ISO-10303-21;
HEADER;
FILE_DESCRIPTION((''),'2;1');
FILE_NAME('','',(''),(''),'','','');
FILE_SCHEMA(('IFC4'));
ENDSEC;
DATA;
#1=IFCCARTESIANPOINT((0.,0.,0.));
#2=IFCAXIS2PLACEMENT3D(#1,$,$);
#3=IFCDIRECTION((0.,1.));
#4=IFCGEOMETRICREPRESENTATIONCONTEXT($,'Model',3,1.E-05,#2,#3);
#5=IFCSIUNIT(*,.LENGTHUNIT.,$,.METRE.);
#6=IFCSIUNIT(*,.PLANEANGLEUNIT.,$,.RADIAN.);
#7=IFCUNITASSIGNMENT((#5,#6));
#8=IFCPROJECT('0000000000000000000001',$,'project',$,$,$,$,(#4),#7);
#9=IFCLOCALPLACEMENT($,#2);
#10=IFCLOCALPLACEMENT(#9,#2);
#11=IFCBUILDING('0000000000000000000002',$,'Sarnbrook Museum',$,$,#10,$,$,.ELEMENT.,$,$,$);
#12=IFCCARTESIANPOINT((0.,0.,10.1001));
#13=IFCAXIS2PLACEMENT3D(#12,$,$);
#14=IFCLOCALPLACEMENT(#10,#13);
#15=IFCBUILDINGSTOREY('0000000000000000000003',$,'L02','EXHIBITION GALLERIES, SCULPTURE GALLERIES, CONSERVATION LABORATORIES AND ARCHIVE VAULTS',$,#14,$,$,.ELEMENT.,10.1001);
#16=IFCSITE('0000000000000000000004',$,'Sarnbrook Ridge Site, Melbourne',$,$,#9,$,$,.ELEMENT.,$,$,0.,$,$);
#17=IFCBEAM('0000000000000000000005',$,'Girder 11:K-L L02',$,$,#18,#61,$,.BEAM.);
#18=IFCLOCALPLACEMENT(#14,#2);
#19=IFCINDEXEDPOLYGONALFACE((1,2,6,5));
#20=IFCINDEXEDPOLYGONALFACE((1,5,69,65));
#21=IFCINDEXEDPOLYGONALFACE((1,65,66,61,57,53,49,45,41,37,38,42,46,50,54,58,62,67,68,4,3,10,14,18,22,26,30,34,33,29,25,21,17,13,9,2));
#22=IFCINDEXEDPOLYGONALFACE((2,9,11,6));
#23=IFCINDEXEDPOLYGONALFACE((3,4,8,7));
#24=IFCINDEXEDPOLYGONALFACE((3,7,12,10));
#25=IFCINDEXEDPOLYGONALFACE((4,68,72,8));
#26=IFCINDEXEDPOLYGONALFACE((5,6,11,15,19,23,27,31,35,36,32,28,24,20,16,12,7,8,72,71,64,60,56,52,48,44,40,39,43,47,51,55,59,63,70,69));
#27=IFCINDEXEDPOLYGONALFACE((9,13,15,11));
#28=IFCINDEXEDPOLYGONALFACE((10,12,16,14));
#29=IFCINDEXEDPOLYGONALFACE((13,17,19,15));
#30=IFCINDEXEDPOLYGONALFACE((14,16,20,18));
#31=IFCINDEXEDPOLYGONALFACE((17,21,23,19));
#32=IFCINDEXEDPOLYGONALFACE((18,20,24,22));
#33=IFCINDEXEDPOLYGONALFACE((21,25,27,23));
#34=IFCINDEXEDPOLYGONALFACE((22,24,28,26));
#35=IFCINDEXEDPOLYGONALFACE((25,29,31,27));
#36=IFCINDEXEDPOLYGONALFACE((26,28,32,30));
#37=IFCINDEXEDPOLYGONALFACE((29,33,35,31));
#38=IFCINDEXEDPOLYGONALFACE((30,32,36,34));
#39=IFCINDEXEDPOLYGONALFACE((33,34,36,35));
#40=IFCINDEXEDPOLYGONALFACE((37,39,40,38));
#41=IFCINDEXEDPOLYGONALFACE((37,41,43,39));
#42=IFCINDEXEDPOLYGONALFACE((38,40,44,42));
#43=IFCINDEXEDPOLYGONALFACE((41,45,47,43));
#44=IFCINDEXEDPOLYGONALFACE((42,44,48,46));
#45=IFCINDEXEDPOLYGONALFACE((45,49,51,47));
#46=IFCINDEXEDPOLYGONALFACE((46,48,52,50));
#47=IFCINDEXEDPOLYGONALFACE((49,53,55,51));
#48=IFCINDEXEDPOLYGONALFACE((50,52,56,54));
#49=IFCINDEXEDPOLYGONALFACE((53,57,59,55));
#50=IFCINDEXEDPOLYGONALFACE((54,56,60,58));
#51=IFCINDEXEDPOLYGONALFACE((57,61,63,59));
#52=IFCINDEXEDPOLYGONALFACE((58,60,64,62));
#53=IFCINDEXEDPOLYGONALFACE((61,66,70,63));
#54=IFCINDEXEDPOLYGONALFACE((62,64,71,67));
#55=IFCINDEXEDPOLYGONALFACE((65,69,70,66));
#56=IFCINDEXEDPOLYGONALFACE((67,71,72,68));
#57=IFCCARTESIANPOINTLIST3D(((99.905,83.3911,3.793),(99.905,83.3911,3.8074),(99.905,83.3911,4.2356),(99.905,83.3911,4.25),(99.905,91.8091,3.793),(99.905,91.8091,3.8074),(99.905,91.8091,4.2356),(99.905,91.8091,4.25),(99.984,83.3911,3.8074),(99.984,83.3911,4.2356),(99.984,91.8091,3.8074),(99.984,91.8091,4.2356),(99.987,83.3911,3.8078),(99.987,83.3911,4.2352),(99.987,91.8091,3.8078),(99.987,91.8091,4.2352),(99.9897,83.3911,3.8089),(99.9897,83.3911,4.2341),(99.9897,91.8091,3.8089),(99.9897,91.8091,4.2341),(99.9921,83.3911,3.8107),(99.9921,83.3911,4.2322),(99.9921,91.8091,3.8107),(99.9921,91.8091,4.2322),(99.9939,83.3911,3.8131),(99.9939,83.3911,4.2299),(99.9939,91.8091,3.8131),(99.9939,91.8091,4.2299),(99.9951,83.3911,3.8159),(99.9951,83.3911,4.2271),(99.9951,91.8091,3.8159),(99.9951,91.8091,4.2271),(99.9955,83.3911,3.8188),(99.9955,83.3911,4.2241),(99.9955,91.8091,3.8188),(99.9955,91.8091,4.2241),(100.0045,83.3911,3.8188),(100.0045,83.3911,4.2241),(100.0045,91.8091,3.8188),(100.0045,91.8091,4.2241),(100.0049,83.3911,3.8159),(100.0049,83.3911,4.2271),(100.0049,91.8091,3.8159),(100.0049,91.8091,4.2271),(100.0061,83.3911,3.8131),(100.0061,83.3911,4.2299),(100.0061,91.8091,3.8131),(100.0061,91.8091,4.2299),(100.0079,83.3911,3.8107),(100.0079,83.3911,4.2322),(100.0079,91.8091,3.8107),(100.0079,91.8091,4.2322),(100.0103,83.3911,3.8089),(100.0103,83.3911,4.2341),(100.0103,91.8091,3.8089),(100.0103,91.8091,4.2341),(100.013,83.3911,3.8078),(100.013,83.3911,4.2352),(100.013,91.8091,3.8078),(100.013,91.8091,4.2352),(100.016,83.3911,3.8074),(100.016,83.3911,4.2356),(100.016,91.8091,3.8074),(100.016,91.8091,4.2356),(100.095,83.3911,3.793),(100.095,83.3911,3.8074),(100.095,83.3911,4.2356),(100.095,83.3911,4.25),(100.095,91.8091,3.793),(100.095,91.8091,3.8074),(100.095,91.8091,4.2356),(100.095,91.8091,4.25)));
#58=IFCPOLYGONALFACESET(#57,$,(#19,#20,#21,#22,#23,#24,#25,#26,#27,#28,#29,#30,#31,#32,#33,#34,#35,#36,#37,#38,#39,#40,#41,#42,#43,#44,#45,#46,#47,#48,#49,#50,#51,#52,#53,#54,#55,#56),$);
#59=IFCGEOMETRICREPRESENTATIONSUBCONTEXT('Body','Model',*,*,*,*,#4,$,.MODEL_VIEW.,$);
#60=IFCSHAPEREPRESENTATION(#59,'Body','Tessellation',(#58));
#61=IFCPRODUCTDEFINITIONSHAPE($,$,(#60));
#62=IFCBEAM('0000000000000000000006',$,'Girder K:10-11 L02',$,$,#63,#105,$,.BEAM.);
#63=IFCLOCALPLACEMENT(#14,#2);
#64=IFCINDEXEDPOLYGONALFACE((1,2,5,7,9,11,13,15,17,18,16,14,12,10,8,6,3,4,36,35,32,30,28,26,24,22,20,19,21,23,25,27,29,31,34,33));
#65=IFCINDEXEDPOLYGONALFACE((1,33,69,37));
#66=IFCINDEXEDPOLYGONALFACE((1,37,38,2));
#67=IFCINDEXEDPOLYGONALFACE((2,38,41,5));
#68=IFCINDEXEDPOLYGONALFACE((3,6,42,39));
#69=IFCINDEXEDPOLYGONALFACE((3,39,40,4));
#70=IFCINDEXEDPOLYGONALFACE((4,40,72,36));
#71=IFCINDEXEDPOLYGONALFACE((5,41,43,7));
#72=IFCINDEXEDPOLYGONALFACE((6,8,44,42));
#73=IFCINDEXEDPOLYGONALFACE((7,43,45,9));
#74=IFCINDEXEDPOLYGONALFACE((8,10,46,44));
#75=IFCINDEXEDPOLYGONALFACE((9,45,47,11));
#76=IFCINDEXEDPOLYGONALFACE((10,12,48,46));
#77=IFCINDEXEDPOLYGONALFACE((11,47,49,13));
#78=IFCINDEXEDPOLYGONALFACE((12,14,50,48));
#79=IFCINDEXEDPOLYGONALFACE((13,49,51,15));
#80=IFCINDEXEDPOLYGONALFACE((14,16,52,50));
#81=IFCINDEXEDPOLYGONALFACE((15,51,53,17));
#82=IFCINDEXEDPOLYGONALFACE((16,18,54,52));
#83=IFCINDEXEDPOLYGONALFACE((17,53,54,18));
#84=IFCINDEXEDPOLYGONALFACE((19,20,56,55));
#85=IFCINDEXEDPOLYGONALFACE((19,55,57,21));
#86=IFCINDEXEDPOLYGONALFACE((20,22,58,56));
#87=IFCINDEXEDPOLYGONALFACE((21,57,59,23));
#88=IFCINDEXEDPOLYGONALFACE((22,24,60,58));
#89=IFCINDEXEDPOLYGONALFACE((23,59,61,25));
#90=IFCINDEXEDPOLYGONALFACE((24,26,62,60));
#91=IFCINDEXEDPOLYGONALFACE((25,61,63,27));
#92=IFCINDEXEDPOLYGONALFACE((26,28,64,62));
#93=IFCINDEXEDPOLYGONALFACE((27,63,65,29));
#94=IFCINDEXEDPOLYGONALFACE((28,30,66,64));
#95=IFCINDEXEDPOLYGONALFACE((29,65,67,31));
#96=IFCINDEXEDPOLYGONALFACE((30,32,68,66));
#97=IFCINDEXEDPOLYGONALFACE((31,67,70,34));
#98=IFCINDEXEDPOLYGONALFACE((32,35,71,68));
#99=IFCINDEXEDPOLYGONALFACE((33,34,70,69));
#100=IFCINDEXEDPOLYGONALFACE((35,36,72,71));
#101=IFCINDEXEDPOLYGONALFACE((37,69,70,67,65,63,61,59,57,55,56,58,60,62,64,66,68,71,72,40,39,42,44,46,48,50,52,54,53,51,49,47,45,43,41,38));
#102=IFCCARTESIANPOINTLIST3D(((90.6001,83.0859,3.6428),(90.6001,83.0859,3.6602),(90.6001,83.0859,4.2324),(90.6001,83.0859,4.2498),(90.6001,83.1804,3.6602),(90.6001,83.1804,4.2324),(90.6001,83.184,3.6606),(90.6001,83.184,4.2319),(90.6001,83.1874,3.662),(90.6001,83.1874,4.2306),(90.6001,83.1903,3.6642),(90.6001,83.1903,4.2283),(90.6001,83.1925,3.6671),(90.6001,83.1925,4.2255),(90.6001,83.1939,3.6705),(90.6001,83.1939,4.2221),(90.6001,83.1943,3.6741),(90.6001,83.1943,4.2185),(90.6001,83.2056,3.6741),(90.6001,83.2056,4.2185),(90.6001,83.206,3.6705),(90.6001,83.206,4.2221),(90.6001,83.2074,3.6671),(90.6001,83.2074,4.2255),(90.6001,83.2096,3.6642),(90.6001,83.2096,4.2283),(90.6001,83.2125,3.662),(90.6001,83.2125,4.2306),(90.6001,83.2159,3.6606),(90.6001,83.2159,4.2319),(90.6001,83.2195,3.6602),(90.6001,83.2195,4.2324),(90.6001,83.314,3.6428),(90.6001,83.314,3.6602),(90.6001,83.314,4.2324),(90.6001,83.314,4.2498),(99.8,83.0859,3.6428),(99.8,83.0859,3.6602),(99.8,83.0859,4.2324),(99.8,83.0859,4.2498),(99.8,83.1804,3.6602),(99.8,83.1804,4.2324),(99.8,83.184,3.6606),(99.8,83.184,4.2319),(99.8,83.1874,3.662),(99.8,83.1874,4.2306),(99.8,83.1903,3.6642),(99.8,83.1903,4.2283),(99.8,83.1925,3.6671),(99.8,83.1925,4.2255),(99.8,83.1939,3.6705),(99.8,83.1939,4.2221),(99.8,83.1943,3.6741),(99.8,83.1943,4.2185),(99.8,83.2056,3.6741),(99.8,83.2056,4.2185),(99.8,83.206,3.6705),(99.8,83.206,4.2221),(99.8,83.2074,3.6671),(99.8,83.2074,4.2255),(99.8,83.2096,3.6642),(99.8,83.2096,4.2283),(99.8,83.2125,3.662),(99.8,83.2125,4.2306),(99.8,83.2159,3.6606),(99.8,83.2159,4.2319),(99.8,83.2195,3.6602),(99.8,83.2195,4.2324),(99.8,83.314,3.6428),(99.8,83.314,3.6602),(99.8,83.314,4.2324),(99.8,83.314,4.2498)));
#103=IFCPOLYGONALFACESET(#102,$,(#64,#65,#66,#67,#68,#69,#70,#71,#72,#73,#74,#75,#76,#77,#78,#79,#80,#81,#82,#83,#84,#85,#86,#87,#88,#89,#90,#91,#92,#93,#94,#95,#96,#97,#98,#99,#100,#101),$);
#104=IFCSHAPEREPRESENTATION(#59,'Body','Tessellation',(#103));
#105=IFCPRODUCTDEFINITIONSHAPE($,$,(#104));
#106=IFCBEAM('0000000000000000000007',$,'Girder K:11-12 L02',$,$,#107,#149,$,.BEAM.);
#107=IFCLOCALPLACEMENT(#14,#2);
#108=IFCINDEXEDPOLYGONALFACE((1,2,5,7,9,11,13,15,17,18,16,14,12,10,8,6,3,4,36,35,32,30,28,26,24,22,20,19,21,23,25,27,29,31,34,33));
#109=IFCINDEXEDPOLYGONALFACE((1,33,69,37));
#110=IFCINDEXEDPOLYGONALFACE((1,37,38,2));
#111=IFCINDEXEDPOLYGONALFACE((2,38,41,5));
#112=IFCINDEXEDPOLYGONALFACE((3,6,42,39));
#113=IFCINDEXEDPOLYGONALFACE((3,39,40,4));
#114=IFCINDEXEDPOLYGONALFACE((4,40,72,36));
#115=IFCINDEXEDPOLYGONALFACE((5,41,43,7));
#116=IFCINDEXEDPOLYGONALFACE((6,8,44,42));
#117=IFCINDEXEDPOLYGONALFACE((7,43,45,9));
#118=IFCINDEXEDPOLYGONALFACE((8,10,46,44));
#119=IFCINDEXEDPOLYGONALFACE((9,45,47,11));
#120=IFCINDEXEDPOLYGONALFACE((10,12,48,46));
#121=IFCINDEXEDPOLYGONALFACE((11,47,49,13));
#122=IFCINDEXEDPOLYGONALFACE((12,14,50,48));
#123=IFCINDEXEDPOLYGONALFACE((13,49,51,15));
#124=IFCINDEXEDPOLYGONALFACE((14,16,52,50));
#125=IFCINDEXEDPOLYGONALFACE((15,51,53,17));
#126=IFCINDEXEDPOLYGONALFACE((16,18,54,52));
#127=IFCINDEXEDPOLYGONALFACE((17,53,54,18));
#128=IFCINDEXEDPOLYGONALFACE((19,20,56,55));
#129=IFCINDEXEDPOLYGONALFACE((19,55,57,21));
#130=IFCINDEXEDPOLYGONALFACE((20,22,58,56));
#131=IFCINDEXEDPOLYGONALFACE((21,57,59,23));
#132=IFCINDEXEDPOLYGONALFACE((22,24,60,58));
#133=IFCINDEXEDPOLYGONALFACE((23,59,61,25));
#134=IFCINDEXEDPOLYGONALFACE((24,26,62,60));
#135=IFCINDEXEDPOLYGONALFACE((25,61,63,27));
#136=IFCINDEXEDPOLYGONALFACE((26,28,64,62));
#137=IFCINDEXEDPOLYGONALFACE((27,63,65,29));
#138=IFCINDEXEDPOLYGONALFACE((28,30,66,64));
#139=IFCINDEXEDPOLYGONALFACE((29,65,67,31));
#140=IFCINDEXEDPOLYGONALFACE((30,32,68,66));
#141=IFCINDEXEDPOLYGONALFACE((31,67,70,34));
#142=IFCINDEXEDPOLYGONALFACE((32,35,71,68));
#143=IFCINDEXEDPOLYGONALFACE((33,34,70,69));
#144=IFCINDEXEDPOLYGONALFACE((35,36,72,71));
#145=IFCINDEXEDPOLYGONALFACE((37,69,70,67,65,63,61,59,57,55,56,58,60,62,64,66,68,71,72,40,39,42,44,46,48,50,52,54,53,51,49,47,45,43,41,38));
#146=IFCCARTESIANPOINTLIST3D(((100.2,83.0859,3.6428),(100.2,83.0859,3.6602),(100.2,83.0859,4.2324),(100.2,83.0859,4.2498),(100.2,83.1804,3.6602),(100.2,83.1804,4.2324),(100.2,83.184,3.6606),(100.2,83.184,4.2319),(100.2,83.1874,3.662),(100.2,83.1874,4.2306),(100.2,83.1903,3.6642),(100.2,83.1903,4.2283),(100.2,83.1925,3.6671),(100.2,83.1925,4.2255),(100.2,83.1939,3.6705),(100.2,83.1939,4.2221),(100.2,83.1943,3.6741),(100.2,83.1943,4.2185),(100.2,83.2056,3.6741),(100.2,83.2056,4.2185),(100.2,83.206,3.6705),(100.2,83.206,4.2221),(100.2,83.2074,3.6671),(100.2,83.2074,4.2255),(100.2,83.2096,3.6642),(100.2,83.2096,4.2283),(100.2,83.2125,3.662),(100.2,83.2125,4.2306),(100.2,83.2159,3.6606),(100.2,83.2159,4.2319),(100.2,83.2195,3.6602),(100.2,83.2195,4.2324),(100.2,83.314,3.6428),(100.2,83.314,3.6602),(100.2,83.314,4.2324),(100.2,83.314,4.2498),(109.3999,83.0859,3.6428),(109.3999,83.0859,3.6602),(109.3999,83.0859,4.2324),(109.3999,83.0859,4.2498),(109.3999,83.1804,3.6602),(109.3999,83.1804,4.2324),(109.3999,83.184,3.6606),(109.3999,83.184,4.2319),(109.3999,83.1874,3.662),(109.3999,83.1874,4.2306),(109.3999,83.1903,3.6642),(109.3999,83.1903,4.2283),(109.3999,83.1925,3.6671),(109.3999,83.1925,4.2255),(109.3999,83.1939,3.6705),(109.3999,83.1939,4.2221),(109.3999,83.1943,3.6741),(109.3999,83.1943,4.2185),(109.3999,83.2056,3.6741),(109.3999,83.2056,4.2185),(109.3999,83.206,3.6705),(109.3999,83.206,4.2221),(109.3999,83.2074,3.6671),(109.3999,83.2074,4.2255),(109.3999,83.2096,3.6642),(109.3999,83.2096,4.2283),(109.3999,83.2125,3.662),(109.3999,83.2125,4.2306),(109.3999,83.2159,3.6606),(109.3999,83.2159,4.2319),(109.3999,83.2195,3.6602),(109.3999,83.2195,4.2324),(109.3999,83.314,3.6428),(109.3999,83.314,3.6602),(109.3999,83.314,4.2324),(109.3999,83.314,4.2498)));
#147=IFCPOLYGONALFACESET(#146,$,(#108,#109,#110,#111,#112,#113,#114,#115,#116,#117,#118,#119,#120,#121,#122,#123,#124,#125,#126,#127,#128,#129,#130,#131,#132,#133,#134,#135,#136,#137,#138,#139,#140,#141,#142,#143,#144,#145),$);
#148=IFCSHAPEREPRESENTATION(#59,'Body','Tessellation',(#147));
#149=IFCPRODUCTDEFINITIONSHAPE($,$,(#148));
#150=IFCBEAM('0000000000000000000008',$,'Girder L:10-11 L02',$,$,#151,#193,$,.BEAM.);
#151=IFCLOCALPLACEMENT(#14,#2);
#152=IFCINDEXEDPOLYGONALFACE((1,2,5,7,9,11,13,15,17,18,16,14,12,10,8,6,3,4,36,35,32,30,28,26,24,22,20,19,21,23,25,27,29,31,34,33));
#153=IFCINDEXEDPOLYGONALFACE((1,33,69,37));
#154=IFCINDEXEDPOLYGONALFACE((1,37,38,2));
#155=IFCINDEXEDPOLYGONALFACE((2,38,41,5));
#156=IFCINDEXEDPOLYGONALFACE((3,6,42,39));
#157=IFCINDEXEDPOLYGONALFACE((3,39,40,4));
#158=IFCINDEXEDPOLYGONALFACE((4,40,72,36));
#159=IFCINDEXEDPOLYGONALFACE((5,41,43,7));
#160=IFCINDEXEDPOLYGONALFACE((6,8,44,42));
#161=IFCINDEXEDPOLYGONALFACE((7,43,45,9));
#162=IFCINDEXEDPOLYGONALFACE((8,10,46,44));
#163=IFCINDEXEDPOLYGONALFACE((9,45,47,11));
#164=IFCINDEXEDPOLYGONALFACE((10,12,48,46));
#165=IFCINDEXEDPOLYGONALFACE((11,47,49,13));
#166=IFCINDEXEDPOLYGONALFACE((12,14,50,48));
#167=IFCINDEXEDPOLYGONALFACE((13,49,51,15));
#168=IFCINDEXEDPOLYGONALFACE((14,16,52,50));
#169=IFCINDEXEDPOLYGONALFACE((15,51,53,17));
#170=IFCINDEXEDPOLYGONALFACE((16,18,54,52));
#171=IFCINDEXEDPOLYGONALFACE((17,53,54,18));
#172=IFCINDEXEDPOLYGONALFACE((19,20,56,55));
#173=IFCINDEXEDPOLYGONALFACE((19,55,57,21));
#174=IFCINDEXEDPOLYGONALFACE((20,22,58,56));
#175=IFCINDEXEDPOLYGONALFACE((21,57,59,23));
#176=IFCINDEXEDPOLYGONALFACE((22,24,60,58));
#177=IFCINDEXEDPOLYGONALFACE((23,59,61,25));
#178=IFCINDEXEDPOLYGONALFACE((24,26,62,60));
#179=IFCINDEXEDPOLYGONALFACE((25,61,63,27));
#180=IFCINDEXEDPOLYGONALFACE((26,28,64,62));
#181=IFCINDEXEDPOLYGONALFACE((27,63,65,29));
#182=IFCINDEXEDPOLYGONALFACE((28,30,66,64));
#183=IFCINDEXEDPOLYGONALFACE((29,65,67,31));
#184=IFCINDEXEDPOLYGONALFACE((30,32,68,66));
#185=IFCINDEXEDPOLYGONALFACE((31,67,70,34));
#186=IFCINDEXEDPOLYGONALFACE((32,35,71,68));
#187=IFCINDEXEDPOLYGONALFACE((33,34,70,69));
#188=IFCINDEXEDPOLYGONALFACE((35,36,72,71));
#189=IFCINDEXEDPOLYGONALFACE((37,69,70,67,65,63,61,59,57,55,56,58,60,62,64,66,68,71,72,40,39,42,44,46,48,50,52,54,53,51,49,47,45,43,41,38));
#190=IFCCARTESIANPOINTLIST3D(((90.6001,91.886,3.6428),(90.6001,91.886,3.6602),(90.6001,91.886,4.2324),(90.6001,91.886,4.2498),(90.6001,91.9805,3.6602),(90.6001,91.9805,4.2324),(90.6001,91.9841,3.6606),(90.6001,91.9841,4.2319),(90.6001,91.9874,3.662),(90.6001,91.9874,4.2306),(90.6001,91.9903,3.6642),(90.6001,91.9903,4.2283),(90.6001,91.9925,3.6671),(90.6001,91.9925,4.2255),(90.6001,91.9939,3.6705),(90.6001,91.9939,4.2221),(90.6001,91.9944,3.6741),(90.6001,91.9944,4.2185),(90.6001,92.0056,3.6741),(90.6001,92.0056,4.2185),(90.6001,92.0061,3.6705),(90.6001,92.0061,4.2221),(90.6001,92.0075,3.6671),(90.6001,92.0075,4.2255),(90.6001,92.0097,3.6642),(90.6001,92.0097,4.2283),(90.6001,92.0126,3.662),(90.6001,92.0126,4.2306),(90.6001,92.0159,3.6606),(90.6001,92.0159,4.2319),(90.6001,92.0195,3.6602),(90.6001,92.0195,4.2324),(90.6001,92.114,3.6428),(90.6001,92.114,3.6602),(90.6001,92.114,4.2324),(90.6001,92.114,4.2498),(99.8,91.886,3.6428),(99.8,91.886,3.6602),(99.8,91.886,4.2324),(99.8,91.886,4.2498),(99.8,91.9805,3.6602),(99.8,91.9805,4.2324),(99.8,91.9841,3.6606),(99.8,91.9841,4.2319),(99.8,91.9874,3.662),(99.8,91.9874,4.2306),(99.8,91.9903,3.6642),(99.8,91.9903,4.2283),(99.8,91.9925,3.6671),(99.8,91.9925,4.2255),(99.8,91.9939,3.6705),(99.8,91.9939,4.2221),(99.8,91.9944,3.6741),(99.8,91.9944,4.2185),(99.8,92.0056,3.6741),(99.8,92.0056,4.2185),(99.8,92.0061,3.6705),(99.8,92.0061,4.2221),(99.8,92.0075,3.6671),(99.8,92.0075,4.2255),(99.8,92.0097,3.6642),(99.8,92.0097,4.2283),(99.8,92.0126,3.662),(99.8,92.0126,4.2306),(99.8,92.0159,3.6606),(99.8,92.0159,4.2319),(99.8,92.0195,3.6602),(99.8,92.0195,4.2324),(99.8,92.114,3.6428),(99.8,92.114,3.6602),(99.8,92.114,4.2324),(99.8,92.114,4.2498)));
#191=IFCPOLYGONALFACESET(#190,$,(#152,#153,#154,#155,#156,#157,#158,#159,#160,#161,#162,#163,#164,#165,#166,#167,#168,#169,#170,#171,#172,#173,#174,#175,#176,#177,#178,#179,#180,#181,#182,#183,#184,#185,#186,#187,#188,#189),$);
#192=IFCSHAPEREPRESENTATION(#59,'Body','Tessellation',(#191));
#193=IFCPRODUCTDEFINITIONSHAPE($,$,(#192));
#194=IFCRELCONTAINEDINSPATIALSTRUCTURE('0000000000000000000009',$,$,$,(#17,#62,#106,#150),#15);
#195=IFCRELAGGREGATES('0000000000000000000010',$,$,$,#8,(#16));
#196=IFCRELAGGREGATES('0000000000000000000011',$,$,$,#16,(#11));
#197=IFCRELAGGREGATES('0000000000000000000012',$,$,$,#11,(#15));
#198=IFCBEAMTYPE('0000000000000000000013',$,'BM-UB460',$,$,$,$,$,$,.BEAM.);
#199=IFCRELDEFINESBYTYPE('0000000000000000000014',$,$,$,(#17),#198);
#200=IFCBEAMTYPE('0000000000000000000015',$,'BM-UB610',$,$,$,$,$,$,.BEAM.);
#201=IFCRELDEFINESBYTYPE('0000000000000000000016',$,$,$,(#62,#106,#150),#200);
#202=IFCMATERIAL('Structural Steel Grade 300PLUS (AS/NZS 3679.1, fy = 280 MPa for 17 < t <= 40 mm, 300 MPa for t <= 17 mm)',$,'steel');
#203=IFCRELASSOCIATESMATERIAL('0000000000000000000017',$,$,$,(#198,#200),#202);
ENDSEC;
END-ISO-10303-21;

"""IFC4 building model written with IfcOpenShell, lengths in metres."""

from ifc_helpers import new_model, si_unit, direction, frame, origin, origin_2d, place, context, subcontext, project, spatial, i_section, extrude, material, material_profile, profile_set, type_object, element, save


model = new_model("IFC4")

# Units and contexts
model_context = context("Model", 3, precision=1e-05, world=origin(), true_north=direction((0.0, 1.0)))
body_context = subcontext(model_context, "Body", "Model", "MODEL_VIEW")
ifc_project = project(units=[si_unit("LENGTHUNIT", "METRE"), si_unit("PLANEANGLEUNIT", "RADIAN")], contexts=[model_context])

# Site, building, storey
site_placement = place(None, origin())
site = spatial("IfcSite", under=ifc_project, at=site_placement, Name="Sarnbrook Ridge Site, Melbourne", CompositionType="ELEMENT", RefElevation=0.0)
building_placement = place(site_placement, origin())
building = spatial("IfcBuilding", under=site, at=building_placement, Name="Sarnbrook Museum", CompositionType="ELEMENT")
storey_placement = place(building_placement, frame((0.0, 0.0, 10.1001)))
storey = spatial("IfcBuildingStorey", under=building, at=storey_placement, Name="L02", Description="EXHIBITION GALLERIES, SCULPTURE GALLERIES, CONSERVATION LABORATORIES AND ARCHIVE VAULTS", CompositionType="ELEMENT", Elevation=10.1001)

# Beams
ifc_material_1 = material(Name="Structural Steel Grade 300PLUS (AS/NZS 3679.1, fy = 280 MPa for 17 < t <= 40 mm, 300 MPa for t <= 17 mm)", Category="steel")
ifc_material_profile_1 = material_profile(ifc_material_1, i_section(OverallWidth=0.1899, OverallDepth=0.457, WebThickness=0.009, FlangeThickness=0.0144, FilletRadius=0.0115, at=origin_2d()), Name="460UB74.6")
ifc_profile_set_1 = profile_set([ifc_material_profile_1], Name="Structural Steel Grade 300PLUS (AS/NZS 3679.1, fy = 280 MPa for 17 < t <= 40 mm, 300 MPa for t <= 17 mm)")
beam_type_1 = type_object("IfcBeamType", Name="BM-UB460", PredefinedType="BEAM", material=ifc_profile_set_1)
for number, where, z_axis, x_axis, name in (
    (1, (100.0, 83.3911, 4.0215), (0.0, 1.0, 0.0), (-1.0, 0.0, 0.0), "Girder 11:K-L L02"),
):
    element("IfcBeam", number, at=place(storey_placement, frame(where, z_axis=z_axis, x_axis=x_axis)), inside=storey, type_object=beam_type_1, Name=name, PredefinedType="BEAM", context=body_context, shape_type="SweptSolid", body=[
        extrude(i_section(OverallWidth=0.1899, OverallDepth=0.457, WebThickness=0.009, FlangeThickness=0.0144, FilletRadius=0.0115, at=origin_2d()), origin(), (0.0, 0.0, 1.0), 8.418),
    ])
ifc_material_profile_2 = material_profile(ifc_material_1, i_section(OverallWidth=0.228, OverallDepth=0.6069, WebThickness=0.0112, FlangeThickness=0.0173, FilletRadius=0.0139, at=origin_2d()), Name="610UB113")
ifc_profile_set_2 = profile_set([ifc_material_profile_2], Name="Structural Steel Grade 300PLUS (AS/NZS 3679.1, fy = 280 MPa for 17 < t <= 40 mm, 300 MPa for t <= 17 mm)")
beam_type_2 = type_object("IfcBeamType", Name="BM-UB610", PredefinedType="BEAM", material=ifc_profile_set_2)
for number, where, z_axis, x_axis, name in (
    (2, (90.6001, 83.2, 3.9463), (1.0, 0.0, 0.0), (0.0, 1.0, 0.0), "Girder K:10-11 L02"),
    (3, (100.2, 83.2, 3.9463), (1.0, 0.0, 0.0), (0.0, 1.0, 0.0), "Girder K:11-12 L02"),
    (4, (90.6001, 92.0, 3.9463), (1.0, 0.0, 0.0), (0.0, 1.0, 0.0), "Girder L:10-11 L02"),
):
    element("IfcBeam", number, at=place(storey_placement, frame(where, z_axis=z_axis, x_axis=x_axis)), inside=storey, type_object=beam_type_2, Name=name, PredefinedType="BEAM", context=body_context, shape_type="SweptSolid", body=[
        extrude(i_section(OverallWidth=0.228, OverallDepth=0.6069, WebThickness=0.0112, FlangeThickness=0.0173, FilletRadius=0.0139, at=origin_2d()), origin(), (0.0, 0.0, 1.0), 9.2),
    ])

save(model, "model.ifc")
